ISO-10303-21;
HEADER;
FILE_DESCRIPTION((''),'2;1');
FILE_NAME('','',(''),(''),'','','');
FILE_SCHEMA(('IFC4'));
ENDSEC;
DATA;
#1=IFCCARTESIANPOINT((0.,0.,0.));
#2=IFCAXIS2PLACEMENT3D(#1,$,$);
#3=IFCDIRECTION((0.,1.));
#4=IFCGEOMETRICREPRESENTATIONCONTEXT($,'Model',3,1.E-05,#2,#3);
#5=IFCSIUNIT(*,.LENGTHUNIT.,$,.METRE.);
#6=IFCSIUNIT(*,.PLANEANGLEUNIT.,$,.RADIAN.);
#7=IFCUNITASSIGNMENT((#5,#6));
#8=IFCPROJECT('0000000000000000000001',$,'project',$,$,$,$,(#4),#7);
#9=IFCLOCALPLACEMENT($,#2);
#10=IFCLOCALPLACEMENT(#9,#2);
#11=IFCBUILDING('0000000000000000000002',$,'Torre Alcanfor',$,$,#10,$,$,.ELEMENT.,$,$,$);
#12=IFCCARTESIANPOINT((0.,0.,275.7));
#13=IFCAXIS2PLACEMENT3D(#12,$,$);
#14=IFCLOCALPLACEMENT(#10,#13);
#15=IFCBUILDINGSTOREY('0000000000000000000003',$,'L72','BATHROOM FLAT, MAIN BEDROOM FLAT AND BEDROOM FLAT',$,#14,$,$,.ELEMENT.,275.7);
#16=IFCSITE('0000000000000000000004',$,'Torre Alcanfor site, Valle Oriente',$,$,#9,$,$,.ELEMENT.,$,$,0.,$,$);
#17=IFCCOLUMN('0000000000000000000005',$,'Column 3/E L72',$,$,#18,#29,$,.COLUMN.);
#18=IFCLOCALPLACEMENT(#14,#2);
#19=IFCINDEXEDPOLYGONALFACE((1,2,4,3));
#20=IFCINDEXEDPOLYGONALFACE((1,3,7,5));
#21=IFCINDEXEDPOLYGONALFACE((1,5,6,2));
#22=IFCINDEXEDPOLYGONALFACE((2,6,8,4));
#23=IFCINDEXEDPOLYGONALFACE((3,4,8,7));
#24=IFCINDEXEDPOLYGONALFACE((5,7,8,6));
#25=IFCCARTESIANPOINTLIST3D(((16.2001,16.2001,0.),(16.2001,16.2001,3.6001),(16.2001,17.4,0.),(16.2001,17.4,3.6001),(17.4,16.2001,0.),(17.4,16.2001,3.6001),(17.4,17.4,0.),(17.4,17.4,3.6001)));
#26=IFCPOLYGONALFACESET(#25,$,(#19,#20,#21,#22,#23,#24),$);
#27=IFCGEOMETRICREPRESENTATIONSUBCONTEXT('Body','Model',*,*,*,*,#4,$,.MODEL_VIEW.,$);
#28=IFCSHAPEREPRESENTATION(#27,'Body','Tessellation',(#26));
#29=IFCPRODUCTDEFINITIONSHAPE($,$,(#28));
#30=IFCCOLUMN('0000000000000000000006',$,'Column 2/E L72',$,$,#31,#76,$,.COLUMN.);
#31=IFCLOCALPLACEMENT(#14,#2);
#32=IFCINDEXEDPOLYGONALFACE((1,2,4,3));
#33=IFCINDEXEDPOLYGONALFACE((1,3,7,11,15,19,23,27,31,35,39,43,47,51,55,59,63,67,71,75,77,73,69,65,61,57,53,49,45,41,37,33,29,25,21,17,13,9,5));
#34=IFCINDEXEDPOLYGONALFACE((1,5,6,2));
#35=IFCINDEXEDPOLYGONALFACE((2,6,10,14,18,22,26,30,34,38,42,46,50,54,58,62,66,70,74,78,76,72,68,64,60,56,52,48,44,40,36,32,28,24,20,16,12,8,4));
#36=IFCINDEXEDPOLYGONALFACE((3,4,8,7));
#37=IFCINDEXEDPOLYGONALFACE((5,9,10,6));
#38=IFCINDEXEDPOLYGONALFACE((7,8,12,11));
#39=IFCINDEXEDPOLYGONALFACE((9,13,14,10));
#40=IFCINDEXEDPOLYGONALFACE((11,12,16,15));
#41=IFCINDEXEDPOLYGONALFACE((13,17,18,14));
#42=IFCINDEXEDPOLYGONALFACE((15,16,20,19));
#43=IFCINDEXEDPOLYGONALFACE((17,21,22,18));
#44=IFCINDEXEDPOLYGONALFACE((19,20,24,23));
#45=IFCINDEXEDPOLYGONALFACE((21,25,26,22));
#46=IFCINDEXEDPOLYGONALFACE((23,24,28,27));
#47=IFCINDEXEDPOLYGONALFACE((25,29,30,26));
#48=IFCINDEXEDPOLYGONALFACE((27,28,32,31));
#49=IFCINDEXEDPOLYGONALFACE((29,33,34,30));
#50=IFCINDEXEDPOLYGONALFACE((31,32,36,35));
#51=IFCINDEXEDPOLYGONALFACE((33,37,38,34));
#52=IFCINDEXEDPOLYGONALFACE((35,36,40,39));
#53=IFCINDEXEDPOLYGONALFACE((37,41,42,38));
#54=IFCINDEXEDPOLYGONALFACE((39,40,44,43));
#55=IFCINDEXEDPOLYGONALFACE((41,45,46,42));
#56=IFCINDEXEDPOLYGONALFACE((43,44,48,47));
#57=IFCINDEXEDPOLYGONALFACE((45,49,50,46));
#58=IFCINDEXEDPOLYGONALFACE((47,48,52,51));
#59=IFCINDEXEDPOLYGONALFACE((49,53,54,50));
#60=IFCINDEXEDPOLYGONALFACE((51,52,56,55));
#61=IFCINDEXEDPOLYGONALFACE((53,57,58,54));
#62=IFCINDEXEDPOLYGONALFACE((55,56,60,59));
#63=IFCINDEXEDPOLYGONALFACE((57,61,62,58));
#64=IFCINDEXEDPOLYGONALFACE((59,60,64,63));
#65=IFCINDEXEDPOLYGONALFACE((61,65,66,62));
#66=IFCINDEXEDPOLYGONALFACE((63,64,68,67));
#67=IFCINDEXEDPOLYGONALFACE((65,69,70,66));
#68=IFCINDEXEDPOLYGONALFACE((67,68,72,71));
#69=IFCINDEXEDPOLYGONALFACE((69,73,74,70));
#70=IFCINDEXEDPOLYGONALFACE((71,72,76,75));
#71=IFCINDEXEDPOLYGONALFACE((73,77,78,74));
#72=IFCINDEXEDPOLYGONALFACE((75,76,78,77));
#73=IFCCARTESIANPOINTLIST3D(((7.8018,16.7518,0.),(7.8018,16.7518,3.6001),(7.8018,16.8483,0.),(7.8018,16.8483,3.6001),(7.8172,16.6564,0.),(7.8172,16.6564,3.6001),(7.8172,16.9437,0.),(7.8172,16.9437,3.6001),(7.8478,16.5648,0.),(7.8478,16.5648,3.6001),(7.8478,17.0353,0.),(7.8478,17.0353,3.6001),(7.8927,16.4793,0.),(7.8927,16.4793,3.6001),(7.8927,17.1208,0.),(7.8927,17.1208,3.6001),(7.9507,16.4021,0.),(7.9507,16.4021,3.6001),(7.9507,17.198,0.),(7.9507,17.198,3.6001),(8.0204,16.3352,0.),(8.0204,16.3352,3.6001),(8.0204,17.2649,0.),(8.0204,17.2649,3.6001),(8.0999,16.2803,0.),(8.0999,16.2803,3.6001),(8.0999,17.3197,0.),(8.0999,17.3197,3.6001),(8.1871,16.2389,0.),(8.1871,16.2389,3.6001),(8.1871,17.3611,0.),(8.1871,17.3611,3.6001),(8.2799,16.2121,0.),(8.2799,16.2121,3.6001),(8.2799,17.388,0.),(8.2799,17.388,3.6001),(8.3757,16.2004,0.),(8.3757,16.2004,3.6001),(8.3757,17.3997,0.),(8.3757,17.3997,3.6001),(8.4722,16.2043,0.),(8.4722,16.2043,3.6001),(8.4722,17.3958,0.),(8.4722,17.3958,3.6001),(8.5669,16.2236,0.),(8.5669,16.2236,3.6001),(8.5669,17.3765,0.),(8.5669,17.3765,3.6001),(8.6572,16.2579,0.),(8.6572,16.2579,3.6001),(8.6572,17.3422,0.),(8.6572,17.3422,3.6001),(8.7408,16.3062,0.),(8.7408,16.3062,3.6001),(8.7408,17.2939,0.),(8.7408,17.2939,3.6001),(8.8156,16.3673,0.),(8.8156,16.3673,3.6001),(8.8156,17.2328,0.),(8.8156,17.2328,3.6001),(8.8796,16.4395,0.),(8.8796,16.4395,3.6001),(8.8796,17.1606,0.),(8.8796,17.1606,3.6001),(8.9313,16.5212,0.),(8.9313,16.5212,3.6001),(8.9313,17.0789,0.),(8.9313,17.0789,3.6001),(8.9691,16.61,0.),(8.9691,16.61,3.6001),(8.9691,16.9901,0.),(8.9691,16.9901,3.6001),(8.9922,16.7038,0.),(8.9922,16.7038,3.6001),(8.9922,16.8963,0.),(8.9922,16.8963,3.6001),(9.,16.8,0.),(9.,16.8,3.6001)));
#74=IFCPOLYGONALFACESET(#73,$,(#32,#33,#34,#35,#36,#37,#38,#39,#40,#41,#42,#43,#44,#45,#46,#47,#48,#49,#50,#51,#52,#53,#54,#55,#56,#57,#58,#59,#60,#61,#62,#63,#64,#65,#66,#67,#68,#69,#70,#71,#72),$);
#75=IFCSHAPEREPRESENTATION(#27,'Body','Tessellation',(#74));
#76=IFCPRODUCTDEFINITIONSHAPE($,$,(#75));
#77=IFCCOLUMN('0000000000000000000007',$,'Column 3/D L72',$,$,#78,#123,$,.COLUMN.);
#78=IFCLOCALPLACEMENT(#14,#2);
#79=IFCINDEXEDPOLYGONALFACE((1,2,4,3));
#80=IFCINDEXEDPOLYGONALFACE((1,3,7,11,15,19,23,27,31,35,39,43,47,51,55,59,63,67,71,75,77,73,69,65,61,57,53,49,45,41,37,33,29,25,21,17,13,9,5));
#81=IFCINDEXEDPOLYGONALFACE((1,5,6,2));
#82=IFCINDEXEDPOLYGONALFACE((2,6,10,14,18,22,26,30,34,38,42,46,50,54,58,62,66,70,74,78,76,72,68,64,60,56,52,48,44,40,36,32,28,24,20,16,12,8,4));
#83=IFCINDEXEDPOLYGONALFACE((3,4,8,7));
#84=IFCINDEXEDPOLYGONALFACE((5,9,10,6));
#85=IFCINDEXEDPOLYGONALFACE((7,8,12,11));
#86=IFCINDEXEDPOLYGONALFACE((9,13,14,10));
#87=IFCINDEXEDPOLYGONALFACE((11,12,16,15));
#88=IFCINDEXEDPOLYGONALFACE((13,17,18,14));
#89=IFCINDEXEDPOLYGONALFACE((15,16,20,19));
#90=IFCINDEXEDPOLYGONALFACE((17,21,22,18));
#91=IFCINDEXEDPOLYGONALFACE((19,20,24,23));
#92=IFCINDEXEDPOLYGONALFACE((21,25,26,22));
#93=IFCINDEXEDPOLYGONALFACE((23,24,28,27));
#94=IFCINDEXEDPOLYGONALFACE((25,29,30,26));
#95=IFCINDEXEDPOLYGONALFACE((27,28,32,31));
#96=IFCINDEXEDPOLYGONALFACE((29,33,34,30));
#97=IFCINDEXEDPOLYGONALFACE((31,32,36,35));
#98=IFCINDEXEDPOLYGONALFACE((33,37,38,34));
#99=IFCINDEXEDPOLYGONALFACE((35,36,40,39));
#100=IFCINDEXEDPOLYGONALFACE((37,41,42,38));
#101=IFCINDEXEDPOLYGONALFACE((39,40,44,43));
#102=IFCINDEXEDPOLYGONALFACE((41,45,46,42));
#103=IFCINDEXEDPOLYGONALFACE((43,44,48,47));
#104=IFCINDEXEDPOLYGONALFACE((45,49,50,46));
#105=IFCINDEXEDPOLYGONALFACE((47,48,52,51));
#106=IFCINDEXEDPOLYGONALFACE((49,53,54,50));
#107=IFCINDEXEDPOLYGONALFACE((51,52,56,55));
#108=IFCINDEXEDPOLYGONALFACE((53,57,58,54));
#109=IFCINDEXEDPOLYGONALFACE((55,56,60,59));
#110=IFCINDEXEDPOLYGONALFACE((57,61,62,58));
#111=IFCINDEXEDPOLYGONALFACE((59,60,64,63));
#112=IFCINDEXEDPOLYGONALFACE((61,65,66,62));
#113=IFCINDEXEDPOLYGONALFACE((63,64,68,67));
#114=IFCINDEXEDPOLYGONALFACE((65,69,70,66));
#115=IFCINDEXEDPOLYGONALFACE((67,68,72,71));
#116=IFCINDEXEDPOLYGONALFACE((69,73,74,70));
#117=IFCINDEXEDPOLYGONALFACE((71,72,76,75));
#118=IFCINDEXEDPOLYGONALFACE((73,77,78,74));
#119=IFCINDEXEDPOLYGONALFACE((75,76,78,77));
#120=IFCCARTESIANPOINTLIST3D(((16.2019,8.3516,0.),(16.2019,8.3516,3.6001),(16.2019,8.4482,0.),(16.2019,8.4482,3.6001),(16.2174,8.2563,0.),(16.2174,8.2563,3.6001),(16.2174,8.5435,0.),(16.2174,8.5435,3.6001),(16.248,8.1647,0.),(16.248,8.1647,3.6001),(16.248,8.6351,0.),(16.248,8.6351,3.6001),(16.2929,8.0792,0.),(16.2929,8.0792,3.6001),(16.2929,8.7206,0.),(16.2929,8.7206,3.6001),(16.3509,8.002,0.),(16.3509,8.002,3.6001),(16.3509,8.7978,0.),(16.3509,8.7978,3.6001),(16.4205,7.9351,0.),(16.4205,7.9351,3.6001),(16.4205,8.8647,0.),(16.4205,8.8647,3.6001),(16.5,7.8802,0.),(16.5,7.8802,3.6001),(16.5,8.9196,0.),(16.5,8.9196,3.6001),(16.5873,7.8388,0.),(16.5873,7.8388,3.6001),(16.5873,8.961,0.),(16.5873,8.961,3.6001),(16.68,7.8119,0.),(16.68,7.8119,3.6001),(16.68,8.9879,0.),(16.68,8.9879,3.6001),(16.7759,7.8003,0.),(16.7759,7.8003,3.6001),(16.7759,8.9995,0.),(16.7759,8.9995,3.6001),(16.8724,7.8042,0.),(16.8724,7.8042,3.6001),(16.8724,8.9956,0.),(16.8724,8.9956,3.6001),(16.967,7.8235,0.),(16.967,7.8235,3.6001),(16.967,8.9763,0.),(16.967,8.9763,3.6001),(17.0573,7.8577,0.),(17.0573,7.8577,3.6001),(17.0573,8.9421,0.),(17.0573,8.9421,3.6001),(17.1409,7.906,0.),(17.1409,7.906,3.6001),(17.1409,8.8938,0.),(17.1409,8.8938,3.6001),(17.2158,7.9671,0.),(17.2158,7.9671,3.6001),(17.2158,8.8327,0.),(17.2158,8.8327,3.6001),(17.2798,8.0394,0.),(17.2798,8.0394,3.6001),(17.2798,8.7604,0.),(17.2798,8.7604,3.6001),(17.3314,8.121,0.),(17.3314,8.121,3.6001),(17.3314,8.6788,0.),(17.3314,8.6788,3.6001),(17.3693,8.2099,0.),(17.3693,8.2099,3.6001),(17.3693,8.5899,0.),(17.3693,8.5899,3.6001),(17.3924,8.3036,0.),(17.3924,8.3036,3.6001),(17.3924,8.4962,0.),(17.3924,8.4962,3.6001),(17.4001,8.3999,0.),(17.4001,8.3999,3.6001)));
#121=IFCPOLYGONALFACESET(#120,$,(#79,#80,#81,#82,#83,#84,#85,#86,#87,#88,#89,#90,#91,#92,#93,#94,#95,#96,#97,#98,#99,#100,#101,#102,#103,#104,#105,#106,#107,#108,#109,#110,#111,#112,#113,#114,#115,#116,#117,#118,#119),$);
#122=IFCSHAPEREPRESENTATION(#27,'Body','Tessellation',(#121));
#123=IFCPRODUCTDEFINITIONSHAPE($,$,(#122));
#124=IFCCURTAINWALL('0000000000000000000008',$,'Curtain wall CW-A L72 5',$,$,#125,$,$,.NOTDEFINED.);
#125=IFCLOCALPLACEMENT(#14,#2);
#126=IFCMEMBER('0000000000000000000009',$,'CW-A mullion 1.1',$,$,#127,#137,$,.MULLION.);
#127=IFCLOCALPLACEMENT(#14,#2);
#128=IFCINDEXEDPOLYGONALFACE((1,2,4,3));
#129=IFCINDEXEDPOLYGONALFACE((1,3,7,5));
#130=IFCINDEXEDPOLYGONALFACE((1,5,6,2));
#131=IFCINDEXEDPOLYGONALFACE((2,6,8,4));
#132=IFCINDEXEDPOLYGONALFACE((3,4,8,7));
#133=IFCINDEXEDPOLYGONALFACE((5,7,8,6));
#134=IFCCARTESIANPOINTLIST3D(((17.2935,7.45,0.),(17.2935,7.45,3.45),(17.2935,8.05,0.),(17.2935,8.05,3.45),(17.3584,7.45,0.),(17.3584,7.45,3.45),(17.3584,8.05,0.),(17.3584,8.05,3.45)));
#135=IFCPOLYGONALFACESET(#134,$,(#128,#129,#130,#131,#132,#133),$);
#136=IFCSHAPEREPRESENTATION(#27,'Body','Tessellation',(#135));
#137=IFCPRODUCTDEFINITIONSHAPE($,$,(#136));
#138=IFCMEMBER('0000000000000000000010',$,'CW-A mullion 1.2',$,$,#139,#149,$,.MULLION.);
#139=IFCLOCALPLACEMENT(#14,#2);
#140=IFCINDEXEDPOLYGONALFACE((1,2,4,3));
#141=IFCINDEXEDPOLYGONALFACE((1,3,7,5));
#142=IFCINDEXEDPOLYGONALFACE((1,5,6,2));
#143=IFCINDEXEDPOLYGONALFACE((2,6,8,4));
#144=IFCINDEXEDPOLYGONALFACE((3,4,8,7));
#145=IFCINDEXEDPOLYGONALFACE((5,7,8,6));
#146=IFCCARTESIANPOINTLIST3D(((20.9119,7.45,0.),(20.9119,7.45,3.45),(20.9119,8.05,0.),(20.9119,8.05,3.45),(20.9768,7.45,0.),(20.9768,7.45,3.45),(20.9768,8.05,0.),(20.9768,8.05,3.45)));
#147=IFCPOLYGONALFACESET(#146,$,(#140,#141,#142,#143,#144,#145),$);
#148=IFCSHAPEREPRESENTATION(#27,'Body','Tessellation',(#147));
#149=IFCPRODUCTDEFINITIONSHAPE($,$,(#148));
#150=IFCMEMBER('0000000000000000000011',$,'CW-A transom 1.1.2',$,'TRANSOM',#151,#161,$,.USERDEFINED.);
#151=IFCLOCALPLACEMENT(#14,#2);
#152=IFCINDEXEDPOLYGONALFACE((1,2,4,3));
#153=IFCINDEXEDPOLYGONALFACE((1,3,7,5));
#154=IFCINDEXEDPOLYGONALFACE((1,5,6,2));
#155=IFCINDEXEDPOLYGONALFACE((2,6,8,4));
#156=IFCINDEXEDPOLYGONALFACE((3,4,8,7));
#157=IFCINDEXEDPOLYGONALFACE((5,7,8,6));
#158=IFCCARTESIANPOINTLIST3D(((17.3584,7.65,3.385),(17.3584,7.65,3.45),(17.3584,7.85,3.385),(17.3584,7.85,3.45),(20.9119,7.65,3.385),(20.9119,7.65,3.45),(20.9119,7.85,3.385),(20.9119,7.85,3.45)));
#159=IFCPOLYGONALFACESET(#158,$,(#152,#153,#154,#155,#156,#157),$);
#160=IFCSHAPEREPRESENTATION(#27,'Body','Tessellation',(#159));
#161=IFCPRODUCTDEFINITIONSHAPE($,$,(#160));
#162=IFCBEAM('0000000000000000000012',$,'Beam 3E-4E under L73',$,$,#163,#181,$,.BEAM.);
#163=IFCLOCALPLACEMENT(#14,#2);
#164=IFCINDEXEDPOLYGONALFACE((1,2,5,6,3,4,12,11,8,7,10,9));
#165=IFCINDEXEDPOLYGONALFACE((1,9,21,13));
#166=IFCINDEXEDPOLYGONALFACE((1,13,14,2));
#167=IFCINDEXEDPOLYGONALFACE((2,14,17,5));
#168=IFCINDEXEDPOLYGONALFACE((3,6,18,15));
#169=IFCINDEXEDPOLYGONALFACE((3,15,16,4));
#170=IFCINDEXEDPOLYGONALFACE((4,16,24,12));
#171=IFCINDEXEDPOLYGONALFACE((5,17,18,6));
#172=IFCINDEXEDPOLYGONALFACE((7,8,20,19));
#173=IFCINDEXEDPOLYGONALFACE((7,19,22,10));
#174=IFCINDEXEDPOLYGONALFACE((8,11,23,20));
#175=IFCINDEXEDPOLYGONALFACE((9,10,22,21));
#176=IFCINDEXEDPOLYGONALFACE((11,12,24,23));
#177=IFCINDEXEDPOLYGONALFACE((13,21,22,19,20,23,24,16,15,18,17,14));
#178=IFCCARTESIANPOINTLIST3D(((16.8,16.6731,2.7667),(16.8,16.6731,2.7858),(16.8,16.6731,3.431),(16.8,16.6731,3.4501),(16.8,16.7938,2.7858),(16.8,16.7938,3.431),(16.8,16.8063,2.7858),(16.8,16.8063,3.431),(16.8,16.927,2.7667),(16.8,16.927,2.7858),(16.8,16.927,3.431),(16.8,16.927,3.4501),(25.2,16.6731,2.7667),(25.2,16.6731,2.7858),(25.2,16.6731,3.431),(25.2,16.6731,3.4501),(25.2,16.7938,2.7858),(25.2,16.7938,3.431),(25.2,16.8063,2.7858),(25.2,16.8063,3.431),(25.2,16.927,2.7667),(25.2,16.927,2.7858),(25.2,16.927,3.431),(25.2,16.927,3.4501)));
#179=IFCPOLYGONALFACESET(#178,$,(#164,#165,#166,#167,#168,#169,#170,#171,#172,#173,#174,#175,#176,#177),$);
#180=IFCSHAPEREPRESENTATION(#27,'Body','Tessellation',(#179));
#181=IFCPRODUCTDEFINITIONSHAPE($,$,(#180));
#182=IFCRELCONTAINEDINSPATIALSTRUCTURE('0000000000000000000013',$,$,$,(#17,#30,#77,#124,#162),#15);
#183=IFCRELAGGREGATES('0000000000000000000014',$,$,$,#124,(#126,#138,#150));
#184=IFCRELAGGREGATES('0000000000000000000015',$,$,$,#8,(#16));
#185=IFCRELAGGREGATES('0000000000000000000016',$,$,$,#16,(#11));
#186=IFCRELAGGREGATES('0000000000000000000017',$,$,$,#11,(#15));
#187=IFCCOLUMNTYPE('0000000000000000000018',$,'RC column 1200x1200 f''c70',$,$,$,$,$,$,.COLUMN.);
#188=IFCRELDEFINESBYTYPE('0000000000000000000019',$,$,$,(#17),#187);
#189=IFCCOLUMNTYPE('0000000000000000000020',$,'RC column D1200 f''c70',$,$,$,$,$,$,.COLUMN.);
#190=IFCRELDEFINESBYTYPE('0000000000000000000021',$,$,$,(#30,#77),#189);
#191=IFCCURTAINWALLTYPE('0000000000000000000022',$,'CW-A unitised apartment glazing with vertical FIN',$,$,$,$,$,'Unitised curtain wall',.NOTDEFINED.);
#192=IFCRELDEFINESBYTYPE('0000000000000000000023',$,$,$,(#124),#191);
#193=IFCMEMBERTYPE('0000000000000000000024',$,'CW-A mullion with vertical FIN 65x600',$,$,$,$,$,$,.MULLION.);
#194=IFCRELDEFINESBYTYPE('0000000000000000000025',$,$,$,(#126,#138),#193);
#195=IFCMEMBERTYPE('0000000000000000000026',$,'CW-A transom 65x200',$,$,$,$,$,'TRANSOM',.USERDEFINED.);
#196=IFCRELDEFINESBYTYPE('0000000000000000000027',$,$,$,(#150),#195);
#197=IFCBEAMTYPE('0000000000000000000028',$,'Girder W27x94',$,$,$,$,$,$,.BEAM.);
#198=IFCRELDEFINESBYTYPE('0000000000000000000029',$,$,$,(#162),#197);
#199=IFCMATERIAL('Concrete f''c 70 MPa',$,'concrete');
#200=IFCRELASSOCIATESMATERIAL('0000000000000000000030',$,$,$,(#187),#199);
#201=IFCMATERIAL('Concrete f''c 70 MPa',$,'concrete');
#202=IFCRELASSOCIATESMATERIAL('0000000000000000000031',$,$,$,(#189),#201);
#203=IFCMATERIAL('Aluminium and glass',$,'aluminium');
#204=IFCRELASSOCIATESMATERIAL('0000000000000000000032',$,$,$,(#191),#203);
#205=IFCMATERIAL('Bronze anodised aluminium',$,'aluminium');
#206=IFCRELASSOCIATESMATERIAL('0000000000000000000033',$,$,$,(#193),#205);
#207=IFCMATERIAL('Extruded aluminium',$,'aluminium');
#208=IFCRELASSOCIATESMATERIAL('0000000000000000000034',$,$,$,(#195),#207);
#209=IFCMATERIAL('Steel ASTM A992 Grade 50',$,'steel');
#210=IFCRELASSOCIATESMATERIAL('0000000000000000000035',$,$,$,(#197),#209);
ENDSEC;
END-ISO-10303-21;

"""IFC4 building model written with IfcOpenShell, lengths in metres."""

from ifc_helpers import new_model, si_unit, direction, frame, origin, origin_2d, place, context, subcontext, project, spatial, rectangle, circle, i_section, extrude, material, material_profile, profile_set, type_object, element, aggregate, save


model = new_model("IFC4")

# Units and contexts
model_context = context("Model", 3, precision=1e-05, world=origin(), true_north=direction((0.0, 1.0)))
body_context = subcontext(model_context, "Body", "Model", "MODEL_VIEW")
ifc_project = project(units=[si_unit("LENGTHUNIT", "METRE"), si_unit("PLANEANGLEUNIT", "RADIAN")], contexts=[model_context])

# Site, building, storey
site_placement = place(None, origin())
site = spatial("IfcSite", under=ifc_project, at=site_placement, Name="Torre Alcanfor site, Valle Oriente", CompositionType="ELEMENT", RefElevation=0.0)
building_placement = place(site_placement, origin())
building = spatial("IfcBuilding", under=site, at=building_placement, Name="Torre Alcanfor", CompositionType="ELEMENT")
storey_placement = place(building_placement, frame((0.0, 0.0, 275.7)))
storey = spatial("IfcBuildingStorey", under=building, at=storey_placement, Name="L72", Description="BATHROOM FLAT, MAIN BEDROOM FLAT AND BEDROOM FLAT", CompositionType="ELEMENT", Elevation=275.7)

# Columns
ifc_material_1 = material(Name="Concrete f'c 70 MPa", Category="concrete")
ifc_material_profile_1 = material_profile(ifc_material_1, rectangle(XDim=1.2, YDim=1.2, at=origin_2d()), Name="1200x1200")
ifc_profile_set_1 = profile_set([ifc_material_profile_1], Name="Concrete f'c 70 MPa")
column_type_1 = type_object("IfcColumnType", Name="RC column 1200x1200 f'c70", PredefinedType="COLUMN", material=ifc_profile_set_1)
column_placement = place(storey_placement, frame((16.8, 16.8, 0.0), z_axis=(0.0, 0.0, 1.0), x_axis=(1.0, 0.0, 0.0)))
element("IfcColumn", 1, at=column_placement, inside=storey, type_object=column_type_1, Name="Column 3/E L72", PredefinedType="COLUMN", context=body_context, shape_type="SweptSolid", body=[
    extrude(rectangle(XDim=1.2, YDim=1.2, at=origin_2d()), origin(), (0.0, 0.0, 1.0), 3.6001),
])
ifc_material_2 = material(Name="Concrete f'c 70 MPa", Category="concrete")
ifc_material_profile_2 = material_profile(ifc_material_2, circle(Radius=0.6001, at=origin_2d()), Name="D1200")
ifc_profile_set_2 = profile_set([ifc_material_profile_2], Name="Concrete f'c 70 MPa")
column_type_2 = type_object("IfcColumnType", Name="RC column D1200 f'c70", PredefinedType="COLUMN", material=ifc_profile_set_2)
for number, where, z_axis, x_axis, name in (
    (2, (8.3999, 16.8, 0.0), (0.0, 0.0, 1.0), (1.0, 0.0, 0.0), "Column 2/E L72"),
    (3, (16.8, 8.3999, 0.0), (0.0, 0.0, 1.0), (1.0, 0.0, 0.0), "Column 3/D L72"),
):
    element("IfcColumn", number, at=place(storey_placement, frame(where, z_axis=z_axis, x_axis=x_axis)), inside=storey, type_object=column_type_2, Name=name, PredefinedType="COLUMN", context=body_context, shape_type="SweptSolid", body=[
        extrude(circle(Radius=0.6001, at=origin_2d()), origin(), (0.0, 0.0, 1.0), 3.6001),
    ])

# Curtain wall, members
ifc_material_3 = material(Name="Aluminium and glass", Category="aluminium")
curtain_wall_type = type_object("IfcCurtainWallType", Name="CW-A unitised apartment glazing with vertical FIN", ElementType="Unitised curtain wall", PredefinedType="NOTDEFINED", material=ifc_material_3)
curtain_wall_placement = place(storey_placement, origin())
curtain_wall = element("IfcCurtainWall", 4, at=curtain_wall_placement, inside=storey, type_object=curtain_wall_type, Name="Curtain wall CW-A L72 5", PredefinedType="NOTDEFINED")
ifc_material_4 = material(Name="Bronze anodised aluminium", Category="aluminium")
ifc_material_profile_3 = material_profile(ifc_material_4, rectangle(XDim=0.6001, YDim=0.0649, at=origin_2d()), Name="CW-A mullion 65x600")
ifc_profile_set_3 = profile_set([ifc_material_profile_3], Name="Bronze anodised aluminium")
member_type_1 = type_object("IfcMemberType", Name="CW-A mullion with vertical FIN 65x600", PredefinedType="MULLION", material=ifc_profile_set_3)
member_1_placement = place(storey_placement, frame((17.3259, 7.75, 0.0), z_axis=(0.0, 0.0, 1.0), x_axis=(0.0, 1.0, 0.0)))
member_1 = element("IfcMember", 5, at=member_1_placement, type_object=member_type_1, Name="CW-A mullion 1.1", PredefinedType="MULLION", context=body_context, shape_type="SweptSolid", body=[
    extrude(rectangle(XDim=0.6001, YDim=0.0649, at=origin_2d()), origin(), (0.0, 0.0, 1.0), 3.45),
])
member_2_placement = place(storey_placement, frame((20.9443, 7.75, 0.0), z_axis=(0.0, 0.0, 1.0), x_axis=(0.0, 1.0, 0.0)))
member_2 = element("IfcMember", 6, at=member_2_placement, type_object=member_type_1, Name="CW-A mullion 1.2", PredefinedType="MULLION", context=body_context, shape_type="SweptSolid", body=[
    extrude(rectangle(XDim=0.6001, YDim=0.0649, at=origin_2d()), origin(), (0.0, 0.0, 1.0), 3.45),
])
ifc_material_5 = material(Name="Extruded aluminium", Category="aluminium")
ifc_material_profile_4 = material_profile(ifc_material_5, rectangle(XDim=0.2, YDim=0.0649, at=origin_2d()), Name="CW-A transom 200x65")
ifc_profile_set_4 = profile_set([ifc_material_profile_4], Name="Extruded aluminium")
member_type_2 = type_object("IfcMemberType", Name="CW-A transom 65x200", ElementType="TRANSOM", PredefinedType="USERDEFINED", material=ifc_profile_set_4)
member_3_placement = place(storey_placement, frame((17.3584, 7.75, 3.4175), z_axis=(1.0, 0.0, 0.0), x_axis=(0.0, 1.0, 0.0)))
member_3 = element("IfcMember", 7, at=member_3_placement, type_object=member_type_2, Name="CW-A transom 1.1.2", ObjectType="TRANSOM", PredefinedType="USERDEFINED", context=body_context, shape_type="SweptSolid", body=[
    extrude(rectangle(XDim=0.2, YDim=0.0649, at=origin_2d()), origin(), (0.0, 0.0, 1.0), 3.5535),
])

# Beam
ifc_material_6 = material(Name="Steel ASTM A992 Grade 50", Category="steel")
ifc_material_profile_5 = material_profile(ifc_material_6, i_section(OverallWidth=0.2539, OverallDepth=0.6833, WebThickness=0.0125, FlangeThickness=0.019, at=origin_2d()), Name="W27x94")
ifc_profile_set_5 = profile_set([ifc_material_profile_5], Name="Steel ASTM A992 Grade 50")
beam_type_1 = type_object("IfcBeamType", Name="Girder W27x94", PredefinedType="BEAM", material=ifc_profile_set_5)
for number, where, z_axis, x_axis, name in (
    (8, (16.8, 16.8, 3.1084), (1.0, 0.0, 0.0), (0.0, 1.0, 0.0), "Beam 3E-4E under L73"),
):
    element("IfcBeam", number, at=place(storey_placement, frame(where, z_axis=z_axis, x_axis=x_axis)), inside=storey, type_object=beam_type_1, Name=name, PredefinedType="BEAM", context=body_context, shape_type="SweptSolid", body=[
        extrude(i_section(OverallWidth=0.2539, OverallDepth=0.6833, WebThickness=0.0125, FlangeThickness=0.019, at=origin_2d()), origin(), (0.0, 0.0, 1.0), 8.3999),
    ])

aggregate(curtain_wall, [member_1, member_2, member_3])

save(model, "model.ifc")
